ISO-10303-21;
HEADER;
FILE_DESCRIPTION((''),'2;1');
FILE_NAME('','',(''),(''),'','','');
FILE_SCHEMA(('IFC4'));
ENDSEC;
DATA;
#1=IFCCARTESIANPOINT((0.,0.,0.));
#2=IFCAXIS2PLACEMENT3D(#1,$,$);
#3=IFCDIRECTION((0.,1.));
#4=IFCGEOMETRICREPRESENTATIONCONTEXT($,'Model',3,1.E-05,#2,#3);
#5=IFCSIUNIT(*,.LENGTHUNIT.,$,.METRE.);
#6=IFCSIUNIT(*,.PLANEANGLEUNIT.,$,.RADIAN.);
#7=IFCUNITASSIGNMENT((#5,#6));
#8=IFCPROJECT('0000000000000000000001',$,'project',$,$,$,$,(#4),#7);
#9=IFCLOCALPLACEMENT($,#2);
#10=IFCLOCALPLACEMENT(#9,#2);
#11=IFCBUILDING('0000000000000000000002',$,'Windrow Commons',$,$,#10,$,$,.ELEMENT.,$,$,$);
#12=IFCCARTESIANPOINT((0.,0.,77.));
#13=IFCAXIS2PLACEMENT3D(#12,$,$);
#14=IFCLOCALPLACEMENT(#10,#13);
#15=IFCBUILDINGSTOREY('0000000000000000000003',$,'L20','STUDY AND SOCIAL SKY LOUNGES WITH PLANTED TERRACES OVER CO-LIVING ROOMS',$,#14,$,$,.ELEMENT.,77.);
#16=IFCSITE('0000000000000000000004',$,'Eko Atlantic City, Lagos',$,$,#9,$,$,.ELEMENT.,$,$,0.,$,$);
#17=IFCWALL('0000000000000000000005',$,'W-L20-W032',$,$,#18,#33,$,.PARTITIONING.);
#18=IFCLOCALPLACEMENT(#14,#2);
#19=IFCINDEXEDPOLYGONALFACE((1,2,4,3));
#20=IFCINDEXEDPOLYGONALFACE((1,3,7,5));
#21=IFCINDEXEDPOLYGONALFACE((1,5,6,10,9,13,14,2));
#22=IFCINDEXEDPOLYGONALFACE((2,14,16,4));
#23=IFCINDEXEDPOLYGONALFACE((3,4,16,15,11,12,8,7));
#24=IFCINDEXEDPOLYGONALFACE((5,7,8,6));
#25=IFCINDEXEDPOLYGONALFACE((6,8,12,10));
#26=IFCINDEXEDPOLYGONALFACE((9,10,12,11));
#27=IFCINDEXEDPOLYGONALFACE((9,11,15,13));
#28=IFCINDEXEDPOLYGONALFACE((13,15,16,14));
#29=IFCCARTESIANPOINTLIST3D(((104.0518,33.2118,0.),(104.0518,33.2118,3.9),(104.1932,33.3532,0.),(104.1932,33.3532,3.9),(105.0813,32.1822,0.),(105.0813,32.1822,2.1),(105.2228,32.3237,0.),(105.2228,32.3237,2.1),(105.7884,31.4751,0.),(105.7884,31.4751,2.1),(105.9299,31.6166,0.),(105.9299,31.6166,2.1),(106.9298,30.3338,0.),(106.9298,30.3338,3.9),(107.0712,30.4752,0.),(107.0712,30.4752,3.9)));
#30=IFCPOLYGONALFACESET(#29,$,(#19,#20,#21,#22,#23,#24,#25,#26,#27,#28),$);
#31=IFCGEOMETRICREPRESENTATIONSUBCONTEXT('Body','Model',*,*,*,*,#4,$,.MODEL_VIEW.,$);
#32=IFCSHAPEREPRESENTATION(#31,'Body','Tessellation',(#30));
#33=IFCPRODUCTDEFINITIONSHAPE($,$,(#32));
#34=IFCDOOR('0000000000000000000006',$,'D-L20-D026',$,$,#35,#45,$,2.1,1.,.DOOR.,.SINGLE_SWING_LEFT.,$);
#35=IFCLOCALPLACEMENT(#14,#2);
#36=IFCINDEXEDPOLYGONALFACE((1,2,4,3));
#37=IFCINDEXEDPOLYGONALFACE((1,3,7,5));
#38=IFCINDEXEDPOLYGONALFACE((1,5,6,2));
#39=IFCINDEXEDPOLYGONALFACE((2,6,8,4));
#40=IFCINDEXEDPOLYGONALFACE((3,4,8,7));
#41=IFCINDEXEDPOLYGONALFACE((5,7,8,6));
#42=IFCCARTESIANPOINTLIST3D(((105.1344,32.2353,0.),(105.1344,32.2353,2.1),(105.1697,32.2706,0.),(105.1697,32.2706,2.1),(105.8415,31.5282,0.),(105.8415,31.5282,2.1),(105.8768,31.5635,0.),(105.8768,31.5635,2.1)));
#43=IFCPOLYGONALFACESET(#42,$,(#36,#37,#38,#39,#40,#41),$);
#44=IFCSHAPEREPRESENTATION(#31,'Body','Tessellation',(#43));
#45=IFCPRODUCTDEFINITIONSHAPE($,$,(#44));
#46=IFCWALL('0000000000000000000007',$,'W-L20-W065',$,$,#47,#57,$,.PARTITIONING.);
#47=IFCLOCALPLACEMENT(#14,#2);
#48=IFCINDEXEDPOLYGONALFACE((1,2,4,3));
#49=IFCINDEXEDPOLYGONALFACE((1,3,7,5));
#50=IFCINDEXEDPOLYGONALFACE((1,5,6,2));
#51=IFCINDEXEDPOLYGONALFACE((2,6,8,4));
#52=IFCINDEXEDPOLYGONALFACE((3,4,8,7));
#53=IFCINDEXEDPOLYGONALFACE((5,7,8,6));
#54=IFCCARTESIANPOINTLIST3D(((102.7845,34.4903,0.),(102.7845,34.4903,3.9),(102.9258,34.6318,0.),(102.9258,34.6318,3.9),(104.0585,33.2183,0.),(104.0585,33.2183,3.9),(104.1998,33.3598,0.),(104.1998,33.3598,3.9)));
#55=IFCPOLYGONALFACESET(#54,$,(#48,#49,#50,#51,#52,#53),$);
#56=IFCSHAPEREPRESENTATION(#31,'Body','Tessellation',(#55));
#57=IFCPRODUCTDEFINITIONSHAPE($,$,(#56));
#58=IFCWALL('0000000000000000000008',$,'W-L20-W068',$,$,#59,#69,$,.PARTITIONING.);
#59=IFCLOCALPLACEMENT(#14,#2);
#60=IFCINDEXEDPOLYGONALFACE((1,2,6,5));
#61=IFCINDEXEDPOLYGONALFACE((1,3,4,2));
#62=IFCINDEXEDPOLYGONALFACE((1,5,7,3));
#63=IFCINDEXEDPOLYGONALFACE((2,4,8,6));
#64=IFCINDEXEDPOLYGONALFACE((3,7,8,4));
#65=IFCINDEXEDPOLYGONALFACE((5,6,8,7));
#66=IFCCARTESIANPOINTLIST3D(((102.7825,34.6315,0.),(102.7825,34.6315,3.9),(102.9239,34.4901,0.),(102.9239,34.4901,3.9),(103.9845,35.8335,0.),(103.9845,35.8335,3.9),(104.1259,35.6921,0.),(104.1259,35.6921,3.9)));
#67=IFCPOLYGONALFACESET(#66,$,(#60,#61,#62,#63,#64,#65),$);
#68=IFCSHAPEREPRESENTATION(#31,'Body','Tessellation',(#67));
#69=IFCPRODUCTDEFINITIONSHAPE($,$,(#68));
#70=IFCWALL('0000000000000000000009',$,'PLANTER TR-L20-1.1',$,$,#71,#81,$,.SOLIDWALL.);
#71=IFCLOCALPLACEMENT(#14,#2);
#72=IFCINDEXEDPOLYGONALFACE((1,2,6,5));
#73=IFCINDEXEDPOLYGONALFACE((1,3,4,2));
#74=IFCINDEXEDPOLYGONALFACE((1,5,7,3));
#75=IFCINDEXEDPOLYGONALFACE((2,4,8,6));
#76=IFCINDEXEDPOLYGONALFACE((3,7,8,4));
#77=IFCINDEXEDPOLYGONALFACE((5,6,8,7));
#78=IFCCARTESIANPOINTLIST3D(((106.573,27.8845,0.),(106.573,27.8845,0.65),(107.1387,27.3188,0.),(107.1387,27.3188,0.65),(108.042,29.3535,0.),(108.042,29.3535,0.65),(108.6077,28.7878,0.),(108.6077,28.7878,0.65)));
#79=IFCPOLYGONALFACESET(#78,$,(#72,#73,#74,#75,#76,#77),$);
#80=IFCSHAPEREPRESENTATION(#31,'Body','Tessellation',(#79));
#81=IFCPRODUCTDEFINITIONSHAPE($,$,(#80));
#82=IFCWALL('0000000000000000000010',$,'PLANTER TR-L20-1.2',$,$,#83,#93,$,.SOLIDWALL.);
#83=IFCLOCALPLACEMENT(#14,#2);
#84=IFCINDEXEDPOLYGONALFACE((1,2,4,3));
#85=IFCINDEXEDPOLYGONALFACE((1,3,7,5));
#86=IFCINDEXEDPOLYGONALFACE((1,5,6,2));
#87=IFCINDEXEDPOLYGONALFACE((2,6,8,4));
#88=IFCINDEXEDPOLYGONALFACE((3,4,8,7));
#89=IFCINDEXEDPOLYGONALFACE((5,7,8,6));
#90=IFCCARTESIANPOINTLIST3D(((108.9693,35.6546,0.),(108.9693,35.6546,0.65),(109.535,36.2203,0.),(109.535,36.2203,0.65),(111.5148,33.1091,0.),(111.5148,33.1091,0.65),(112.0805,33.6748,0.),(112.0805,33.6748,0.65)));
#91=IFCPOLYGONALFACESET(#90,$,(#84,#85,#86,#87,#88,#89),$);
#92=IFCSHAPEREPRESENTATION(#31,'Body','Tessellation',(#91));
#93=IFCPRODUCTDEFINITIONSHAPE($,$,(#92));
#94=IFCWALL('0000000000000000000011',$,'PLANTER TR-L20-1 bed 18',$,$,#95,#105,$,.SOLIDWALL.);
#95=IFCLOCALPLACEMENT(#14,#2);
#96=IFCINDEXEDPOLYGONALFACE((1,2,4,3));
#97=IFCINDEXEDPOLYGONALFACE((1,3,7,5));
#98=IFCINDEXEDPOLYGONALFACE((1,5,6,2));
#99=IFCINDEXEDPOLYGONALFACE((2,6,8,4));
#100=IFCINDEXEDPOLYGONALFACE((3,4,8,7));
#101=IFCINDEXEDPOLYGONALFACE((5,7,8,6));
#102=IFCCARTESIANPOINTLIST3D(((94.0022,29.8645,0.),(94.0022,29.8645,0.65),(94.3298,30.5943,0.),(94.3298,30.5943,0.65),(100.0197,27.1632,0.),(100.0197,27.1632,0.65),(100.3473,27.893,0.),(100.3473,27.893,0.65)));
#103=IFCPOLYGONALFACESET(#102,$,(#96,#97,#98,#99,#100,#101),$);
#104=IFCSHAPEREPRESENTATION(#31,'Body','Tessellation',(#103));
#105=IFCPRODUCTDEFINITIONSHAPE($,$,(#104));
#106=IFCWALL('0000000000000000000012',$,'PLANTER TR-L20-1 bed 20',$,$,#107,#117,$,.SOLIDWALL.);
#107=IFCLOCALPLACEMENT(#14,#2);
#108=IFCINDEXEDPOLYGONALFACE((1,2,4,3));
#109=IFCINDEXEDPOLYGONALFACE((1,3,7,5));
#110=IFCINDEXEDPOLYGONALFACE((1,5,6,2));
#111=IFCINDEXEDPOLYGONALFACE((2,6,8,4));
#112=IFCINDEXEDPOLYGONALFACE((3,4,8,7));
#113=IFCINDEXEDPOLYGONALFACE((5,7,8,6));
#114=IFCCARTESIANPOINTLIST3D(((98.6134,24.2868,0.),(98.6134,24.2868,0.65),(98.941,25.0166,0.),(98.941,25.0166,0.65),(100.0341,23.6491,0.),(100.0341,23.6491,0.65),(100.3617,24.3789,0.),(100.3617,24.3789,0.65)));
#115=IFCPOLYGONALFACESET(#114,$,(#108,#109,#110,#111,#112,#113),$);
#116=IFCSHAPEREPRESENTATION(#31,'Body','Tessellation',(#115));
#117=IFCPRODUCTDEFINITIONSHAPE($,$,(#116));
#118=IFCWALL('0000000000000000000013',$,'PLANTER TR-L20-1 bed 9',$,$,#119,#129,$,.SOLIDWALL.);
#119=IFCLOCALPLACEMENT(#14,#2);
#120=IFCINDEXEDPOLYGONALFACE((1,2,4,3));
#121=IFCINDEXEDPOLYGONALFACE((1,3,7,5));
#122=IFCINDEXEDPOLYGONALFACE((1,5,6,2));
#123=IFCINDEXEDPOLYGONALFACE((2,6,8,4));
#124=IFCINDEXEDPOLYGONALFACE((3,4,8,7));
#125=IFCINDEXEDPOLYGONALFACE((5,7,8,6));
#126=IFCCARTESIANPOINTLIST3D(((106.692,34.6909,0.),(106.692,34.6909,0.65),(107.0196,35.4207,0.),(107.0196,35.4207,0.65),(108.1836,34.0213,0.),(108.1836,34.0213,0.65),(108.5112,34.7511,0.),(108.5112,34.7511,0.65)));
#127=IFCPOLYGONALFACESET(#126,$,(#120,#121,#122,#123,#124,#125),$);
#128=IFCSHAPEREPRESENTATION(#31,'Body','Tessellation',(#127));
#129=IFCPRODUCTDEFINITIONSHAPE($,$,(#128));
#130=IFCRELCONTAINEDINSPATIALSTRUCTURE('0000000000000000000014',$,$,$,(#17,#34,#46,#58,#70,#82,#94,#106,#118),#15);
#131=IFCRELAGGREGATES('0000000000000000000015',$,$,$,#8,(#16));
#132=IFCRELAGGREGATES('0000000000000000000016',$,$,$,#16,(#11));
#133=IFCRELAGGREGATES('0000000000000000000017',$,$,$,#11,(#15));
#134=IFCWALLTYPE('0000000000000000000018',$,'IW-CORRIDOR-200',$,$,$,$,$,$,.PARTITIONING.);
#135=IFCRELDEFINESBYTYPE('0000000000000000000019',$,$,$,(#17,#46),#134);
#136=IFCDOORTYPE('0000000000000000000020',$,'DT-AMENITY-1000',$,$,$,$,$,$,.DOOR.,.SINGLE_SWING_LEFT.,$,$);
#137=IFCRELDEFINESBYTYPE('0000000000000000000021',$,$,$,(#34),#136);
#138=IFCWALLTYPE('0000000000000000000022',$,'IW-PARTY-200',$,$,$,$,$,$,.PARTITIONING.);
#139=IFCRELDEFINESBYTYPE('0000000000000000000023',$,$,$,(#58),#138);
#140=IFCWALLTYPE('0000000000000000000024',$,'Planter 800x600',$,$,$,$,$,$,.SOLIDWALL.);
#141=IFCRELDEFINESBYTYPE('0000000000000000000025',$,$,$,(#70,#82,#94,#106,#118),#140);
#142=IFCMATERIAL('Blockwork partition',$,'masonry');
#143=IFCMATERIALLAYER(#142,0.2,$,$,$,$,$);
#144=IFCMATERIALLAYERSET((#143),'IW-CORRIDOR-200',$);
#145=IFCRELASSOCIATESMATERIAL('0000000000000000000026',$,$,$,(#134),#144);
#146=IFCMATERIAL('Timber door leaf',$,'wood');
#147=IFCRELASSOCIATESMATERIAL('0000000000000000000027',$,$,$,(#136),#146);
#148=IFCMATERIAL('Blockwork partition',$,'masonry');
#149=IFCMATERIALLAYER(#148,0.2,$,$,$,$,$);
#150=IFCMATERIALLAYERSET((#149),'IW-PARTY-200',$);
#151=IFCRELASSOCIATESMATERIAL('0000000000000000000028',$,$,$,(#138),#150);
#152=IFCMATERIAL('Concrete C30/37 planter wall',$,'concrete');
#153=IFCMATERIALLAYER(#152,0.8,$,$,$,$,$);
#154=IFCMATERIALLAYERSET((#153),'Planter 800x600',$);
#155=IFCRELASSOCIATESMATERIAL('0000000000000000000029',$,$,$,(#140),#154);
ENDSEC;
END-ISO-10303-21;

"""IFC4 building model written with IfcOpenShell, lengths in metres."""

from ifc_helpers import new_model, si_unit, direction, frame, frame_2d, origin, place, context, subcontext, project, spatial, polyline, rectangle, outline, extrude, material, layer, layer_set, type_object, element, fill, save


model = new_model("IFC4")

# Units and contexts
model_context = context("Model", 3, precision=1e-05, world=origin(), true_north=direction((0.0, 1.0)))
body_context = subcontext(model_context, "Body", "Model", "MODEL_VIEW")
ifc_project = project(units=[si_unit("LENGTHUNIT", "METRE"), si_unit("PLANEANGLEUNIT", "RADIAN")], contexts=[model_context])

# Site, building, storey
site_placement = place(None, origin())
site = spatial("IfcSite", under=ifc_project, at=site_placement, Name="Eko Atlantic City, Lagos", CompositionType="ELEMENT", RefElevation=0.0)
building_placement = place(site_placement, origin())
building = spatial("IfcBuilding", under=site, at=building_placement, Name="Windrow Commons", CompositionType="ELEMENT")
storey_placement = place(building_placement, frame((0.0, 0.0, 77.0)))
storey = spatial("IfcBuildingStorey", under=building, at=storey_placement, Name="L20", Description="STUDY AND SOCIAL SKY LOUNGES WITH PLANTED TERRACES OVER CO-LIVING ROOMS", CompositionType="ELEMENT", Elevation=77.0)

# Wall, opening, door
ifc_material_1 = material(Name="Blockwork partition", Category="masonry")
ifc_layer_1 = layer(ifc_material_1, 0.2)
ifc_layer_set_1 = layer_set([ifc_layer_1], Name="IW-CORRIDOR-200")
wall_type_1 = type_object("IfcWallType", Name="IW-CORRIDOR-200", PredefinedType="PARTITIONING", material=ifc_layer_set_1)
wall_1_placement = place(storey_placement, frame((104.1225, 33.2825, 0.0), z_axis=(0.0, 0.0, 1.0), x_axis=(0.707107, -0.707107, 0.0)))
wall_1 = element("IfcWall", 1, at=wall_1_placement, inside=storey, type_object=wall_type_1, Name="W-L20-W032", PredefinedType="PARTITIONING", context=body_context, shape_type="SweptSolid", body=[
    extrude(rectangle(XDim=4.0701, YDim=0.2, at=frame_2d((2.0351, 0.0))), origin(), (0.0, 0.0, 1.0), 3.9),
])
opening_placement = place(wall_1_placement, frame((1.456, 0.0, 0.0)))
opening = element("IfcOpeningElement", 2, at=opening_placement, cuts=wall_1, PredefinedType="OPENING", context=body_context, shape_type="SweptSolid", body=[
    extrude(rectangle(XDim=1.0, YDim=2.1, at=frame_2d((0.5, 1.05))), frame((0.0, 0.11, 0.0), z_axis=(0.0, -1.0, 0.0), x_axis=(1.0, 0.0, 0.0)), (0.0, 0.0, 1.0), 0.22),
])
ifc_material_2 = material(Name="Timber door leaf", Category="wood")
door_type = type_object("IfcDoorType", Name="DT-AMENITY-1000", OperationType="SINGLE_SWING_LEFT", PredefinedType="DOOR", material=ifc_material_2)
door_placement = place(opening_placement, origin())
door = element("IfcDoor", 3, at=door_placement, inside=storey, type_object=door_type, Name="D-L20-D026", OperationType="SINGLE_SWING_LEFT", OverallHeight=2.1, OverallWidth=1.0, PredefinedType="DOOR", context=body_context, shape_type="SweptSolid", body=[
    extrude(rectangle(XDim=1.0, YDim=2.1, at=frame_2d((0.5, 1.05))), frame((0.0, 0.025, 0.0), z_axis=(0.0, -1.0, 0.0), x_axis=(1.0, 0.0, 0.0)), (0.0, 0.0, 1.0), 0.05),
])
fill(opening, door)

# Walls
wall_2_placement = place(storey_placement, frame((102.8551, 34.5611, 0.0), z_axis=(0.0, 0.0, 1.0), x_axis=(0.707662, -0.706551, 0.0)))
element("IfcWall", 4, at=wall_2_placement, inside=storey, type_object=wall_type_1, Name="W-L20-W065", PredefinedType="PARTITIONING", context=body_context, shape_type="SweptSolid", body=[
    extrude(rectangle(XDim=1.8003, YDim=0.2, at=frame_2d((0.9002, 0.0))), origin(), (0.0, 0.0, 1.0), 3.9),
])
ifc_material_3 = material(Name="Blockwork partition", Category="masonry")
ifc_layer_2 = layer(ifc_material_3, 0.2)
ifc_layer_set_2 = layer_set([ifc_layer_2], Name="IW-PARTY-200")
wall_type_2 = type_object("IfcWallType", Name="IW-PARTY-200", PredefinedType="PARTITIONING", material=ifc_layer_set_2)
wall_3_placement = place(storey_placement, frame((102.8532, 34.5608, 0.0), z_axis=(0.0, 0.0, 1.0), x_axis=(0.707107, 0.707107, 0.0)))
element("IfcWall", 5, at=wall_3_placement, inside=storey, type_object=wall_type_2, Name="W-L20-W068", PredefinedType="PARTITIONING", context=body_context, shape_type="SweptSolid", body=[
    extrude(rectangle(XDim=1.6999, YDim=0.2, at=frame_2d((0.8499, 0.0))), origin(), (0.0, 0.0, 1.0), 3.9),
])
ifc_material_4 = material(Name="Concrete C30/37 planter wall", Category="concrete")
ifc_layer_3 = layer(ifc_material_4, 0.8)
ifc_layer_set_3 = layer_set([ifc_layer_3], Name="Planter 800x600")
wall_type_3 = type_object("IfcWallType", Name="Planter 800x600", PredefinedType="SOLIDWALL", material=ifc_layer_set_3)
wall_4_placement = place(storey_placement, frame((106.8558, 27.6016, 0.0), z_axis=(0.0, 0.0, 1.0), x_axis=(0.707107, 0.707107, 0.0)))
element("IfcWall", 6, at=wall_4_placement, inside=storey, type_object=wall_type_3, Name="PLANTER TR-L20-1.1", PredefinedType="SOLIDWALL", context=body_context, shape_type="SweptSolid", body=[
    extrude(rectangle(XDim=2.0775, YDim=0.8, at=frame_2d((1.0388, 0.0))), origin(), (0.0, 0.0, 1.0), 0.65),
])
wall_5_placement = place(storey_placement, frame((111.7976, 33.392, 0.0), z_axis=(0.0, 0.0, 1.0), x_axis=(-0.707107, 0.707107, 0.0)))
element("IfcWall", 7, at=wall_5_placement, inside=storey, type_object=wall_type_3, Name="PLANTER TR-L20-1.2", PredefinedType="SOLIDWALL", context=body_context, shape_type="SweptSolid", body=[
    extrude(rectangle(XDim=3.5999, YDim=0.8, at=frame_2d((1.7999, 0.0))), origin(), (0.0, 0.0, 1.0), 0.65),
])
wall_6_placement = place(storey_placement, frame((100.1835, 27.5281, 0.0), z_axis=(0.0, 0.0, 1.0), x_axis=(-0.912294, 0.409536, 0.0)))
element("IfcWall", 8, at=wall_6_placement, inside=storey, type_object=wall_type_3, Name="PLANTER TR-L20-1 bed 18", PredefinedType="SOLIDWALL", context=body_context, shape_type="SweptSolid", body=[
    extrude(rectangle(XDim=6.596, YDim=0.8, at=frame_2d((3.298, 0.0))), origin(), (0.0, 0.0, 1.0), 0.65),
])
wall_7_placement = place(storey_placement, frame((100.1979, 24.014, 0.0), z_axis=(0.0, 0.0, 1.0), x_axis=(-0.912309, 0.409502, 0.0)))
element("IfcWall", 9, at=wall_7_placement, inside=storey, type_object=wall_type_3, Name="PLANTER TR-L20-1 bed 20", PredefinedType="SOLIDWALL", context=body_context, shape_type="SweptSolid", body=[
    extrude(rectangle(XDim=1.5573, YDim=0.8, at=frame_2d((0.7786, 0.0))), origin(), (0.0, 0.0, 1.0), 0.65),
])
wall_8_placement = place(storey_placement, frame((108.3474, 34.3862, 0.0), z_axis=(0.0, 0.0, 1.0), x_axis=(-0.912292, 0.409541, 0.0)))
element("IfcWall", 10, at=wall_8_placement, inside=storey, type_object=wall_type_3, Name="PLANTER TR-L20-1 bed 9", PredefinedType="SOLIDWALL", context=body_context, shape_type="SweptSolid", body=[
    extrude(outline(polyline([(0.0, -0.4), (1.635, -0.4), (1.635, 0.4), (0.0, 0.4), (0.0, -0.4)])), origin(), (0.0, 0.0, 1.0), 0.65),
])

save(model, "model.ifc")
